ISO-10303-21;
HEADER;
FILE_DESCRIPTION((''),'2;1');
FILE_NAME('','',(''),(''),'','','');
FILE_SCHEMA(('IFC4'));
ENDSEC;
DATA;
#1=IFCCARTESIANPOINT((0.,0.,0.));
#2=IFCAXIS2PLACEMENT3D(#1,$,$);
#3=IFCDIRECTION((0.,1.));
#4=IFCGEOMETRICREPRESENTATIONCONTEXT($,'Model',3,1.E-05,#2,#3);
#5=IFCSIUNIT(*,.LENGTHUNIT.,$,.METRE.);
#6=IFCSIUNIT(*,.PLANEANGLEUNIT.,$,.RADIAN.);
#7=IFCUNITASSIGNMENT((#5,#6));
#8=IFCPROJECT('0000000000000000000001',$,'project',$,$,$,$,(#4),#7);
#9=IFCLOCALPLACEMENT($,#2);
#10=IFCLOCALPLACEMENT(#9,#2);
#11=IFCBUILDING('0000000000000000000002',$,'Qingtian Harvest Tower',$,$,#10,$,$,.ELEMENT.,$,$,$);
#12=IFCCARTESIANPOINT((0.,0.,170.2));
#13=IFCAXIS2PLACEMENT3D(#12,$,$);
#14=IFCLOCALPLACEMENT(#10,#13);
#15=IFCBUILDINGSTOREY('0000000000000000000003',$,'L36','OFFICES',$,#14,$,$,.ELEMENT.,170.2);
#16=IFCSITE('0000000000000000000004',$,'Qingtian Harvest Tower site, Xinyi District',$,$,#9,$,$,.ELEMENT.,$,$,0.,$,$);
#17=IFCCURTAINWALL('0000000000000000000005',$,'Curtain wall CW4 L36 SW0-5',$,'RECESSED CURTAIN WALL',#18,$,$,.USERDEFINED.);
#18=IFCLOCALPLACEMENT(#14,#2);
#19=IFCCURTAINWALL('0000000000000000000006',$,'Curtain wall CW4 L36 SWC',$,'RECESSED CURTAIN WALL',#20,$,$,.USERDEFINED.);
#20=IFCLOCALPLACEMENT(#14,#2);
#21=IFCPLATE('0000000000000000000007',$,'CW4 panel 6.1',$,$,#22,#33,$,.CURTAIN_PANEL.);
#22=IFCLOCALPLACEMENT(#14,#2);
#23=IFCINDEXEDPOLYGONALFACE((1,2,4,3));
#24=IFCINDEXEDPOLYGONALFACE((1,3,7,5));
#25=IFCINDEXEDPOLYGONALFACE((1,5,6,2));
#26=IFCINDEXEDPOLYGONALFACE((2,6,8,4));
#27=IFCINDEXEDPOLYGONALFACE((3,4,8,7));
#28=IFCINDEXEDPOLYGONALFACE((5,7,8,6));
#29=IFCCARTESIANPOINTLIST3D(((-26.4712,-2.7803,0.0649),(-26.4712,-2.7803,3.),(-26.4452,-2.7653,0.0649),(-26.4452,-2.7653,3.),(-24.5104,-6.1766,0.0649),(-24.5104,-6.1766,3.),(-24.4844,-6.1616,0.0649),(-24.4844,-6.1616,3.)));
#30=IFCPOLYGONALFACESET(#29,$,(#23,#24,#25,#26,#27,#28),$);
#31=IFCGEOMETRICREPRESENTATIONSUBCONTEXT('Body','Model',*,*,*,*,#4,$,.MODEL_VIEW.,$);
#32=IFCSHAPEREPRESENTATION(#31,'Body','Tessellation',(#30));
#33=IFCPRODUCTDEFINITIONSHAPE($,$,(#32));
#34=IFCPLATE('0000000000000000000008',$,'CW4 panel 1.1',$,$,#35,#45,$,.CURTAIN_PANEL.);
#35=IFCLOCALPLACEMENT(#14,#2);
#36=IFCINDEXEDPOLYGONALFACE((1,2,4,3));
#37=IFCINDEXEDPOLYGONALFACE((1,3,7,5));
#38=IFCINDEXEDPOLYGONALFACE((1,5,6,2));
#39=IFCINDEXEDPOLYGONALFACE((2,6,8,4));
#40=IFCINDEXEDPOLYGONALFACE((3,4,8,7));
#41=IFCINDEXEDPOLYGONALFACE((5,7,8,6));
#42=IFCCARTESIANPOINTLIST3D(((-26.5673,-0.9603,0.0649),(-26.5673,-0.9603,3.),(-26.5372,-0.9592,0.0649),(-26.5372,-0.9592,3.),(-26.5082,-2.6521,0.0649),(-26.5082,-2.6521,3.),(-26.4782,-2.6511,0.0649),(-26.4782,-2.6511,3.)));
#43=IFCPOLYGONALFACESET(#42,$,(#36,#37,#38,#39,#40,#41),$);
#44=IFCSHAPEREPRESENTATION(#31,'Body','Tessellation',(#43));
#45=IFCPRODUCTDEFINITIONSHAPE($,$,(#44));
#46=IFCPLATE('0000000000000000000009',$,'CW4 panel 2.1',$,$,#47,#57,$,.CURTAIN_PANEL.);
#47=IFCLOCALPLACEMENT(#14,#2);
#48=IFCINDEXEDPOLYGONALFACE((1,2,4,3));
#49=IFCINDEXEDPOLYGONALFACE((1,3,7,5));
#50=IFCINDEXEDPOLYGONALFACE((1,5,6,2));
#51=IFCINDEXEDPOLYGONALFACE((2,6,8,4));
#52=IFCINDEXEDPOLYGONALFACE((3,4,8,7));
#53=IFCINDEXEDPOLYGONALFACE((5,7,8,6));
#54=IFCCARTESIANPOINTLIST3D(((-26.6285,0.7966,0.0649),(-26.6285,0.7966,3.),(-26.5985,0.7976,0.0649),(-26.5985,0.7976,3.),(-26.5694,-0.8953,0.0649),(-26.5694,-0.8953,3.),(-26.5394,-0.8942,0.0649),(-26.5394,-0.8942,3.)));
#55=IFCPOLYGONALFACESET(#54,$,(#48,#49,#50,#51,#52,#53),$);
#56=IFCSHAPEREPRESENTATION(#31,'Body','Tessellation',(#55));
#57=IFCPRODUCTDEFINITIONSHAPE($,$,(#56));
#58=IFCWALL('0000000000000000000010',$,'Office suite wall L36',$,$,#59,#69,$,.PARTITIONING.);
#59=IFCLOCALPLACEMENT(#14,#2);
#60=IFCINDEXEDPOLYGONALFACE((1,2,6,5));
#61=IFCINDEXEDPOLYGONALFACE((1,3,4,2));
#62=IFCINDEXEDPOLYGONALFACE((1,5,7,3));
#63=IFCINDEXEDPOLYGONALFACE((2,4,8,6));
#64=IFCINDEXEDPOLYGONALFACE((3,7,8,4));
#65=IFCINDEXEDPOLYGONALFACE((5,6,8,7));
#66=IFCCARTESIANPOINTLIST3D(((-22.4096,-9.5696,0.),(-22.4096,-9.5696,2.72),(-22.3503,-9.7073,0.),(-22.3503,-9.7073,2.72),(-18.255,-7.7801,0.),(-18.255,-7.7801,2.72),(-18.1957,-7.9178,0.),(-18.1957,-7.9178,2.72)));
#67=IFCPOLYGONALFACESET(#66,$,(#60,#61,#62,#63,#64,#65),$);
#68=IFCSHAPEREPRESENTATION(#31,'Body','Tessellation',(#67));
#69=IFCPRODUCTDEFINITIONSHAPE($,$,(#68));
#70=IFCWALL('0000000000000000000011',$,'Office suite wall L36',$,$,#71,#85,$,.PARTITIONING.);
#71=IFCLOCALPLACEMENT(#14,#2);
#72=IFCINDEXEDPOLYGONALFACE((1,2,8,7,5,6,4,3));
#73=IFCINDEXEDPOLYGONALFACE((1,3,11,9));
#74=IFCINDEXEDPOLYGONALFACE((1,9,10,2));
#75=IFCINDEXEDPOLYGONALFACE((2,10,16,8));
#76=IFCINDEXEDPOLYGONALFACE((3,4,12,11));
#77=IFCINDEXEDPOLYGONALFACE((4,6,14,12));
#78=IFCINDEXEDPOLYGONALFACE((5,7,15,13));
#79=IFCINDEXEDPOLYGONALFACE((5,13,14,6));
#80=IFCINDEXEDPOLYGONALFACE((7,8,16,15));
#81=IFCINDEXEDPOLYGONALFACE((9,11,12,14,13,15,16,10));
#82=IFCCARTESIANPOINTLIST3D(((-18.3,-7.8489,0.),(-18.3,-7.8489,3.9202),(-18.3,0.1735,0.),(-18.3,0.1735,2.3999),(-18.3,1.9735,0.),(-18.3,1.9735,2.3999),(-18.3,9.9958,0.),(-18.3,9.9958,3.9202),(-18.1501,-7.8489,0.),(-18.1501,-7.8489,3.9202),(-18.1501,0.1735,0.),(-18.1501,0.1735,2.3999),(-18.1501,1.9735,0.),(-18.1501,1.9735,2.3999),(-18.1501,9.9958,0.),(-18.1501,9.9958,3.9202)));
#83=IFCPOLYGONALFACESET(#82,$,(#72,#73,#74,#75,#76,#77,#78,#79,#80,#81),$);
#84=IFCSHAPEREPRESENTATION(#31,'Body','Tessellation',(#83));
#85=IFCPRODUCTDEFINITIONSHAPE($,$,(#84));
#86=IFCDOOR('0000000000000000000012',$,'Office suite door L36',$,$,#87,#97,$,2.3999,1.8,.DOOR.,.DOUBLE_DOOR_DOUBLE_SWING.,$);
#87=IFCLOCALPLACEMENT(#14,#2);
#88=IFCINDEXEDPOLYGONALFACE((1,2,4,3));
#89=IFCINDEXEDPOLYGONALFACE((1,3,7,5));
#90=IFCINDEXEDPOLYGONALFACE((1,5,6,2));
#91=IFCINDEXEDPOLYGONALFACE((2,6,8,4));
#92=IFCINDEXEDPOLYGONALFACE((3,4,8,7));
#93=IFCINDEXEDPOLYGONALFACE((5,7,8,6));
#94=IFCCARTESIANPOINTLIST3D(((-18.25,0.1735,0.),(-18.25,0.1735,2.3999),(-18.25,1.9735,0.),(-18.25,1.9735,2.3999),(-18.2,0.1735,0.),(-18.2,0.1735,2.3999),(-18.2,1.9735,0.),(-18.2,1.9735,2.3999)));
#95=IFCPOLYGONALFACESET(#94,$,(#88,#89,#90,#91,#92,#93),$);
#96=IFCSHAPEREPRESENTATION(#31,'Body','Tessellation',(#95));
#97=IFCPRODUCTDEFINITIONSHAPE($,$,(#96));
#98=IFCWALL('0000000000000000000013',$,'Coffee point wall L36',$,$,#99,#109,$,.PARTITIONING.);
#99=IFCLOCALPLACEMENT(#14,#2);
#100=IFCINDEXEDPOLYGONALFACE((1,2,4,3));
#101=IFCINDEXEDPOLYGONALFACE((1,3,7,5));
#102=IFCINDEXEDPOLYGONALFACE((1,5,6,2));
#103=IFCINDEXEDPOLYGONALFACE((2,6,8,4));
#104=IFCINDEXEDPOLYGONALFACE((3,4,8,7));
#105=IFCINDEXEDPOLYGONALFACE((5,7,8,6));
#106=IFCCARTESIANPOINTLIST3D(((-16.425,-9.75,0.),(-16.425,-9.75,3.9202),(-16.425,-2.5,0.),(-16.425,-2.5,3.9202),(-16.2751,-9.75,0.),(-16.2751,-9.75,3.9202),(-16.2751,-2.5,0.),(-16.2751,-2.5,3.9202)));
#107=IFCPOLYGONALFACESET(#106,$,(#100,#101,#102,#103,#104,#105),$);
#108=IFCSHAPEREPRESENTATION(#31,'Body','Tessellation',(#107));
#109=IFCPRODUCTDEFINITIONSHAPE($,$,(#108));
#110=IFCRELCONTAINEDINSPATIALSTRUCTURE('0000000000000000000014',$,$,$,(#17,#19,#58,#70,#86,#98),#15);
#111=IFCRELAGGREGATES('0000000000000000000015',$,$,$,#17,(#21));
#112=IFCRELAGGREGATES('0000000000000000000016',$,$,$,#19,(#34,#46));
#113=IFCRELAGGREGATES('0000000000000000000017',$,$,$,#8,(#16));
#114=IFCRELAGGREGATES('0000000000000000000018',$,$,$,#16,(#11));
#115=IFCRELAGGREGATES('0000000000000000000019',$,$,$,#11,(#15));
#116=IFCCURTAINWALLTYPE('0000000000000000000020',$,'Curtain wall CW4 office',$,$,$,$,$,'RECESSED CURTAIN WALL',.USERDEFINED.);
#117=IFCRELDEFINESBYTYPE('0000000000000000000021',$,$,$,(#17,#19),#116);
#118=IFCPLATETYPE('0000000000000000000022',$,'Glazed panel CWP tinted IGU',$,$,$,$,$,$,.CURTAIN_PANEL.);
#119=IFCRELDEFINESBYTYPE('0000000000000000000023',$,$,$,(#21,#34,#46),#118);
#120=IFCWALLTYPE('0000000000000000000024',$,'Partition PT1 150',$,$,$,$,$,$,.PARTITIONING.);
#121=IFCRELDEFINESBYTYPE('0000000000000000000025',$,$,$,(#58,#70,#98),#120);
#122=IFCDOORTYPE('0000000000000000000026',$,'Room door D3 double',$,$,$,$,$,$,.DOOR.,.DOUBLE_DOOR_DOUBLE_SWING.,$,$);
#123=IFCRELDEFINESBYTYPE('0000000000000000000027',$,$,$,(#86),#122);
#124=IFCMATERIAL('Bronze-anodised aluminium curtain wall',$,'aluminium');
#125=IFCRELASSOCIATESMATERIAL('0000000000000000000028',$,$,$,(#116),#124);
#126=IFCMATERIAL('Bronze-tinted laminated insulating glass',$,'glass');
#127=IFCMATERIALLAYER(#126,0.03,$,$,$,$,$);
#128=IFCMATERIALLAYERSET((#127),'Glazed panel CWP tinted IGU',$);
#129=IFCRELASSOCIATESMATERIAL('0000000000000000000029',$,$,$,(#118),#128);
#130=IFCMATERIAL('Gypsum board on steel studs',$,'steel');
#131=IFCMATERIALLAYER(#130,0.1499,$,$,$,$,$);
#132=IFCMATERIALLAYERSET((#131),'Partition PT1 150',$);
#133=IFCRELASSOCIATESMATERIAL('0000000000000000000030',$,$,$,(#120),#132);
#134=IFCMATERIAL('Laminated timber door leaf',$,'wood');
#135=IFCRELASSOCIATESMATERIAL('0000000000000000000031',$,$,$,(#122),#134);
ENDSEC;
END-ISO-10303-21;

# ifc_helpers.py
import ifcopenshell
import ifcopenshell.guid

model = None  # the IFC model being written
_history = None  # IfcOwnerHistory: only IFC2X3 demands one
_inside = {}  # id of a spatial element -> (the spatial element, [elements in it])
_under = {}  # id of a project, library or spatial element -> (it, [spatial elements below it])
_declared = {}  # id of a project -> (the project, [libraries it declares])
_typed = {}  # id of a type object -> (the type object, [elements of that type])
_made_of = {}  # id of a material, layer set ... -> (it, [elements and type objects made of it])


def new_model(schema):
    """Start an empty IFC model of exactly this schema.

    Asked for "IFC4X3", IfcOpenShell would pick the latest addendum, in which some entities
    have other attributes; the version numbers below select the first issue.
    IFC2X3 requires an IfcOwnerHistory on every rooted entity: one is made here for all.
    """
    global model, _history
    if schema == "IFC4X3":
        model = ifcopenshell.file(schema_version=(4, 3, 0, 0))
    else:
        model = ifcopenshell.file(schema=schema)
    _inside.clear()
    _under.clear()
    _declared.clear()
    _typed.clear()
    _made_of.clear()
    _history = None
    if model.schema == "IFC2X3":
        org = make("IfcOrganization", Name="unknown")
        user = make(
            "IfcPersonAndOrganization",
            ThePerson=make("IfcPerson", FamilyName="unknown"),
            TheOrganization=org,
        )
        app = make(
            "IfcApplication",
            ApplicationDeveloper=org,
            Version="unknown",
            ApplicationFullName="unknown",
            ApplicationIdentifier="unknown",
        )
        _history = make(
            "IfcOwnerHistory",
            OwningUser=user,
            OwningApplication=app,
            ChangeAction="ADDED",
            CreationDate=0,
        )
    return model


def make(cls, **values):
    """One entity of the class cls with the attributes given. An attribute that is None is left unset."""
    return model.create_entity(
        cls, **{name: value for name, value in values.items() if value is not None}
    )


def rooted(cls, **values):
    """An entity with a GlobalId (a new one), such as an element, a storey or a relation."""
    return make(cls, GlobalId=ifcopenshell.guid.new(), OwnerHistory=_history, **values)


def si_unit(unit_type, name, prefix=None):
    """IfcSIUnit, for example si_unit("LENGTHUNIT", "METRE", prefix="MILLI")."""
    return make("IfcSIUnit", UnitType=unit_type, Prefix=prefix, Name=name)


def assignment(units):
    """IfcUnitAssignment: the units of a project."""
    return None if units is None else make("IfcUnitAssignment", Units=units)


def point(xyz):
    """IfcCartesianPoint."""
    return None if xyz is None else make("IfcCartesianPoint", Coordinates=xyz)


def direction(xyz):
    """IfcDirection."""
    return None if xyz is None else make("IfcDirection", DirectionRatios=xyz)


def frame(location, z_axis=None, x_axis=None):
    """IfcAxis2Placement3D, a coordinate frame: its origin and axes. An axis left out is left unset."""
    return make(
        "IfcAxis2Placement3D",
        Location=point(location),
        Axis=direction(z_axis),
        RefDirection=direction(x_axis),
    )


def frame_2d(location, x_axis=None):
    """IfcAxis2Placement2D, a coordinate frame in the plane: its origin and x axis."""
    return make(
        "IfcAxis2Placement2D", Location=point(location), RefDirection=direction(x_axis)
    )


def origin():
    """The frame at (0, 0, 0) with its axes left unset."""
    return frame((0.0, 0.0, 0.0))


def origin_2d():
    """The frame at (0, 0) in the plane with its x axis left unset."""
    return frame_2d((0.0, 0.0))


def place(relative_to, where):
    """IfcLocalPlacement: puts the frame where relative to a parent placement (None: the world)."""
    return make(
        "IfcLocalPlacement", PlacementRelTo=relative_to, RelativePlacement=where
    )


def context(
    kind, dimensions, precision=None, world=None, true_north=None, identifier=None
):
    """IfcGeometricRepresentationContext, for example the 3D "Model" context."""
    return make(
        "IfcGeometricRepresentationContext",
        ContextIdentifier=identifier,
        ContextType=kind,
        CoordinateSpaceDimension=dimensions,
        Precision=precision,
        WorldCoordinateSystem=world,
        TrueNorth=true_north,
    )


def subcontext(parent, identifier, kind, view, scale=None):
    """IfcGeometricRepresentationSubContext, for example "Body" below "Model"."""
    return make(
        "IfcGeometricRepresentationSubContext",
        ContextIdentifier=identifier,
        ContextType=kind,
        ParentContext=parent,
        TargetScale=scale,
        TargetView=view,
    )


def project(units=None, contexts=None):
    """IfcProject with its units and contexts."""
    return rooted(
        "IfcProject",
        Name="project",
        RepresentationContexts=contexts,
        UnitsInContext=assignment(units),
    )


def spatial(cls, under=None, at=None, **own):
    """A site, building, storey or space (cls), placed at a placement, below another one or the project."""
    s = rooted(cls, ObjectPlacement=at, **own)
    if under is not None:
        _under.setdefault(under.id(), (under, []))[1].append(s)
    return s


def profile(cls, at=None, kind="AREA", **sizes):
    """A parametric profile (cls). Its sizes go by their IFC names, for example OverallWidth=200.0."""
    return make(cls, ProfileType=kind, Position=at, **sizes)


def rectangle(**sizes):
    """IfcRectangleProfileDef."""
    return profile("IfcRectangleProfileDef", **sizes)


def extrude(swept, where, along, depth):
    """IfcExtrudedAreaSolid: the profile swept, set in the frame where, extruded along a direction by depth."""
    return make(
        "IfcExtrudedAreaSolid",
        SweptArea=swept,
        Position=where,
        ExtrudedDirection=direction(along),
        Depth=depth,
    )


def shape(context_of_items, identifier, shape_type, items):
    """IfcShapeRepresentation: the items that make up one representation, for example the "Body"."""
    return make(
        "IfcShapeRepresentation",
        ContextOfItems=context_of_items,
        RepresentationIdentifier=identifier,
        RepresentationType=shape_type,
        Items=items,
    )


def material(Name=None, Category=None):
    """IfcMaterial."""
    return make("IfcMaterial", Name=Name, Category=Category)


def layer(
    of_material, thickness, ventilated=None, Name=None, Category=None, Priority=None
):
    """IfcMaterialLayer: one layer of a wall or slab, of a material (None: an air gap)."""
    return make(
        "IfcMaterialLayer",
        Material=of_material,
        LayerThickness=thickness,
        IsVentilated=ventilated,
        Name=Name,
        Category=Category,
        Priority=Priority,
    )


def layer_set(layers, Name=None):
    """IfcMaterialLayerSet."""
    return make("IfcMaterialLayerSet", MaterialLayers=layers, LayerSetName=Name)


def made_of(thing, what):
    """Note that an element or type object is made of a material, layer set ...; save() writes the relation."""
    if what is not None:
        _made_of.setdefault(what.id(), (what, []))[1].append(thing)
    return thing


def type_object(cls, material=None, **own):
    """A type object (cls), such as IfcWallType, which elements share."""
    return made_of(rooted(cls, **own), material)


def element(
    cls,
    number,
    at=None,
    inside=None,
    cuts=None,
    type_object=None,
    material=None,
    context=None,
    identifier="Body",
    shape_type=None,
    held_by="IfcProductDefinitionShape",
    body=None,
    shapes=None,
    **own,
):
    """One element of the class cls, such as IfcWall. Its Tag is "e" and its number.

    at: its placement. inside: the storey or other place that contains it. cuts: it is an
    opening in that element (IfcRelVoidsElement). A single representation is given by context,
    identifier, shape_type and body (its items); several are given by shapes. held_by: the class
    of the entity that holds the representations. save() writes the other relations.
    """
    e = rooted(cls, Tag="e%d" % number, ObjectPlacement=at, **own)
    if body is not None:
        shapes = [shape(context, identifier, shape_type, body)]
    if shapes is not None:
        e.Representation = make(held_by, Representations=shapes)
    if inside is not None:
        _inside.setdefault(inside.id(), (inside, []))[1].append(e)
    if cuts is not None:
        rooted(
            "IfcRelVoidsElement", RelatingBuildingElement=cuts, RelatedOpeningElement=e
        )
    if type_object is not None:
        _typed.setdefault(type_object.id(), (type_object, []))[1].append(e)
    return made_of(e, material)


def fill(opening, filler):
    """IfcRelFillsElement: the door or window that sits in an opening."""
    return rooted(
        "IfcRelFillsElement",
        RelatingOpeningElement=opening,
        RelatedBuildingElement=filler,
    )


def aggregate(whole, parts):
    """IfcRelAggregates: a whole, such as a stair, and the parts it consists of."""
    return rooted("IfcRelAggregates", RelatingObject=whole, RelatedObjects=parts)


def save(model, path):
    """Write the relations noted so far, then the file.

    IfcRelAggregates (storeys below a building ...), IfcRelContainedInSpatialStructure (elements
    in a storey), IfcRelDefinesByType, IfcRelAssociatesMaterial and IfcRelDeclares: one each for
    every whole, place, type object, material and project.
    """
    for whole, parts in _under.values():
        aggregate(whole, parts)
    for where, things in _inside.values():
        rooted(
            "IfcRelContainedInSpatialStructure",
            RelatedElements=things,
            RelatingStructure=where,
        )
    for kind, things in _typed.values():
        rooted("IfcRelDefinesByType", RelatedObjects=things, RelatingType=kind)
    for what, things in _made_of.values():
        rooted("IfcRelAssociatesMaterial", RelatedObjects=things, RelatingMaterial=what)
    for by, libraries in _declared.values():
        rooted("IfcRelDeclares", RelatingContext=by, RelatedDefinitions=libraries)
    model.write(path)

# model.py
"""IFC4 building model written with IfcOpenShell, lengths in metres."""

from ifc_helpers import new_model, si_unit, direction, frame, frame_2d, origin, origin_2d, place, context, subcontext, project, spatial, rectangle, extrude, material, layer, layer_set, type_object, element, fill, aggregate, save


model = new_model("IFC4")

# Units and contexts
model_context = context("Model", 3, precision=1e-05, world=origin(), true_north=direction((0.0, 1.0)))
body_context = subcontext(model_context, "Body", "Model", "MODEL_VIEW")
ifc_project = project(units=[si_unit("LENGTHUNIT", "METRE"), si_unit("PLANEANGLEUNIT", "RADIAN")], contexts=[model_context])

# Site, building, storey
site_placement = place(None, origin())
site = spatial("IfcSite", under=ifc_project, at=site_placement, Name="Qingtian Harvest Tower site, Xinyi District", CompositionType="ELEMENT", RefElevation=0.0)
building_placement = place(site_placement, origin())
building = spatial("IfcBuilding", under=site, at=building_placement, Name="Qingtian Harvest Tower", CompositionType="ELEMENT")
storey_placement = place(building_placement, frame((0.0, 0.0, 170.2)))
storey = spatial("IfcBuildingStorey", under=building, at=storey_placement, Name="L36", Description="OFFICES", CompositionType="ELEMENT", Elevation=170.2)

# Curtain walls
ifc_material_1 = material(Name="Bronze-anodised aluminium curtain wall", Category="aluminium")
curtain_wall_type = type_object("IfcCurtainWallType", Name="Curtain wall CW4 office", ElementType="RECESSED CURTAIN WALL", PredefinedType="USERDEFINED", material=ifc_material_1)
curtain_wall_1_placement = place(storey_placement, origin())
curtain_wall_1 = element("IfcCurtainWall", 1, at=curtain_wall_1_placement, inside=storey, type_object=curtain_wall_type, Name="Curtain wall CW4 L36 SW0-5", ObjectType="RECESSED CURTAIN WALL", PredefinedType="USERDEFINED")
curtain_wall_2_placement = place(storey_placement, origin())
curtain_wall_2 = element("IfcCurtainWall", 2, at=curtain_wall_2_placement, inside=storey, type_object=curtain_wall_type, Name="Curtain wall CW4 L36 SWC", ObjectType="RECESSED CURTAIN WALL", PredefinedType="USERDEFINED")

# Plates
ifc_material_2 = material(Name="Bronze-tinted laminated insulating glass", Category="glass")
ifc_layer_1 = layer(ifc_material_2, 0.03)
ifc_layer_set_1 = layer_set([ifc_layer_1], Name="Glazed panel CWP tinted IGU")
plate_type = type_object("IfcPlateType", Name="Glazed panel CWP tinted IGU", PredefinedType="CURTAIN_PANEL", material=ifc_layer_set_1)
plate_1_placement = place(storey_placement, frame((-25.4778, -4.4709, 0.0649), z_axis=(0.0, 0.0, 1.0), x_axis=(-0.5, 0.866025, 0.0)))
plate_1 = element("IfcPlate", 3, at=plate_1_placement, type_object=plate_type, Name="CW4 panel 6.1", PredefinedType="CURTAIN_PANEL", context=body_context, shape_type="SweptSolid", body=[
    extrude(rectangle(XDim=3.9216, YDim=0.03, at=origin_2d()), origin(), (0.0, 0.0, 1.0), 2.9351),
])
aggregate(curtain_wall_1, [plate_1])
plate_2_placement = place(storey_placement, frame((-26.5227, -1.8057, 0.0649), z_axis=(0.0, 0.0, 1.0), x_axis=(-0.034899, 0.999391, 0.0)))
plate_2 = element("IfcPlate", 4, at=plate_2_placement, type_object=plate_type, Name="CW4 panel 1.1", PredefinedType="CURTAIN_PANEL", context=body_context, shape_type="SweptSolid", body=[
    extrude(rectangle(XDim=1.6929, YDim=0.03, at=origin_2d()), origin(), (0.0, 0.0, 1.0), 2.9351),
])
plate_3_placement = place(storey_placement, frame((-26.584, -0.0488, 0.0649), z_axis=(0.0, 0.0, 1.0), x_axis=(-0.034899, 0.999391, 0.0)))
plate_3 = element("IfcPlate", 5, at=plate_3_placement, type_object=plate_type, Name="CW4 panel 2.1", PredefinedType="CURTAIN_PANEL", context=body_context, shape_type="SweptSolid", body=[
    extrude(rectangle(XDim=1.6929, YDim=0.03, at=origin_2d()), origin(), (0.0, 0.0, 1.0), 2.9351),
])
aggregate(curtain_wall_2, [plate_2, plate_3])

# Shared definitions
ifc_material_3 = material(Name="Gypsum board on steel studs", Category="steel")
ifc_layer_2 = layer(ifc_material_3, 0.1499)
ifc_layer_set_2 = layer_set([ifc_layer_2], Name="Partition PT1 150")
wall_type = type_object("IfcWallType", Name="Partition PT1 150", PredefinedType="PARTITIONING", material=ifc_layer_set_2)

# Wall
wall_1_placement = place(storey_placement, frame((-22.3799, -9.6384, 0.0), z_axis=(0.0, 0.0, 1.0), x_axis=(0.918429, 0.395586, 0.0)))
element("IfcWall", 6, at=wall_1_placement, inside=storey, type_object=wall_type, Name="Office suite wall L36", PredefinedType="PARTITIONING", context=body_context, shape_type="SweptSolid", body=[
    extrude(rectangle(XDim=4.5237, YDim=0.1499, at=frame_2d((2.2617, 0.0))), origin(), (0.0, 0.0, 1.0), 2.72),
])

# Wall, opening, door
wall_2_placement = place(storey_placement, frame((-18.2251, -7.8489, 0.0), z_axis=(0.0, 0.0, 1.0), x_axis=(0.0, 1.0, 0.0)))
wall_2 = element("IfcWall", 7, at=wall_2_placement, inside=storey, type_object=wall_type, Name="Office suite wall L36", PredefinedType="PARTITIONING", context=body_context, shape_type="SweptSolid", body=[
    extrude(rectangle(XDim=17.8447, YDim=0.1499, at=frame_2d((8.9224, 0.0))), origin(), (0.0, 0.0, 1.0), 3.9202),
])
opening_1_placement = place(wall_2_placement, frame((8.0225, 0.0, 0.0)))
opening_1 = element("IfcOpeningElement", 8, at=opening_1_placement, cuts=wall_2, PredefinedType="OPENING", context=body_context, shape_type="SweptSolid", body=[
    extrude(rectangle(XDim=1.8, YDim=2.3999, at=frame_2d((0.8999, 1.2))), frame((0.0, 0.085, 0.0), z_axis=(0.0, -1.0, 0.0), x_axis=(1.0, 0.0, 0.0)), (0.0, 0.0, 1.0), 0.1699),
])
ifc_material_4 = material(Name="Laminated timber door leaf", Category="wood")
door_type_1 = type_object("IfcDoorType", Name="Room door D3 double", OperationType="DOUBLE_DOOR_DOUBLE_SWING", PredefinedType="DOOR", material=ifc_material_4)
door_1_placement = place(opening_1_placement, origin())
door_1 = element("IfcDoor", 9, at=door_1_placement, inside=storey, type_object=door_type_1, Name="Office suite door L36", OperationType="DOUBLE_DOOR_DOUBLE_SWING", OverallHeight=2.3999, OverallWidth=1.8, PredefinedType="DOOR", context=body_context, shape_type="SweptSolid", body=[
    extrude(rectangle(XDim=1.8, YDim=2.3999, at=frame_2d((0.8999, 1.2))), frame((0.0, 0.0249, 0.0), z_axis=(0.0, -1.0, 0.0), x_axis=(1.0, 0.0, 0.0)), (0.0, 0.0, 1.0), 0.05),
])
fill(opening_1, door_1)

# Wall
wall_3_placement = place(storey_placement, frame((-16.3501, -9.75, 0.0), z_axis=(0.0, 0.0, 1.0), x_axis=(0.0, 1.0, 0.0)))
element("IfcWall", 10, at=wall_3_placement, inside=storey, type_object=wall_type, Name="Coffee point wall L36", PredefinedType="PARTITIONING", context=body_context, shape_type="SweptSolid", body=[
    extrude(rectangle(XDim=7.25, YDim=0.1499, at=frame_2d((3.625, 0.0))), origin(), (0.0, 0.0, 1.0), 3.9202),
])

save(model, "model.ifc")
